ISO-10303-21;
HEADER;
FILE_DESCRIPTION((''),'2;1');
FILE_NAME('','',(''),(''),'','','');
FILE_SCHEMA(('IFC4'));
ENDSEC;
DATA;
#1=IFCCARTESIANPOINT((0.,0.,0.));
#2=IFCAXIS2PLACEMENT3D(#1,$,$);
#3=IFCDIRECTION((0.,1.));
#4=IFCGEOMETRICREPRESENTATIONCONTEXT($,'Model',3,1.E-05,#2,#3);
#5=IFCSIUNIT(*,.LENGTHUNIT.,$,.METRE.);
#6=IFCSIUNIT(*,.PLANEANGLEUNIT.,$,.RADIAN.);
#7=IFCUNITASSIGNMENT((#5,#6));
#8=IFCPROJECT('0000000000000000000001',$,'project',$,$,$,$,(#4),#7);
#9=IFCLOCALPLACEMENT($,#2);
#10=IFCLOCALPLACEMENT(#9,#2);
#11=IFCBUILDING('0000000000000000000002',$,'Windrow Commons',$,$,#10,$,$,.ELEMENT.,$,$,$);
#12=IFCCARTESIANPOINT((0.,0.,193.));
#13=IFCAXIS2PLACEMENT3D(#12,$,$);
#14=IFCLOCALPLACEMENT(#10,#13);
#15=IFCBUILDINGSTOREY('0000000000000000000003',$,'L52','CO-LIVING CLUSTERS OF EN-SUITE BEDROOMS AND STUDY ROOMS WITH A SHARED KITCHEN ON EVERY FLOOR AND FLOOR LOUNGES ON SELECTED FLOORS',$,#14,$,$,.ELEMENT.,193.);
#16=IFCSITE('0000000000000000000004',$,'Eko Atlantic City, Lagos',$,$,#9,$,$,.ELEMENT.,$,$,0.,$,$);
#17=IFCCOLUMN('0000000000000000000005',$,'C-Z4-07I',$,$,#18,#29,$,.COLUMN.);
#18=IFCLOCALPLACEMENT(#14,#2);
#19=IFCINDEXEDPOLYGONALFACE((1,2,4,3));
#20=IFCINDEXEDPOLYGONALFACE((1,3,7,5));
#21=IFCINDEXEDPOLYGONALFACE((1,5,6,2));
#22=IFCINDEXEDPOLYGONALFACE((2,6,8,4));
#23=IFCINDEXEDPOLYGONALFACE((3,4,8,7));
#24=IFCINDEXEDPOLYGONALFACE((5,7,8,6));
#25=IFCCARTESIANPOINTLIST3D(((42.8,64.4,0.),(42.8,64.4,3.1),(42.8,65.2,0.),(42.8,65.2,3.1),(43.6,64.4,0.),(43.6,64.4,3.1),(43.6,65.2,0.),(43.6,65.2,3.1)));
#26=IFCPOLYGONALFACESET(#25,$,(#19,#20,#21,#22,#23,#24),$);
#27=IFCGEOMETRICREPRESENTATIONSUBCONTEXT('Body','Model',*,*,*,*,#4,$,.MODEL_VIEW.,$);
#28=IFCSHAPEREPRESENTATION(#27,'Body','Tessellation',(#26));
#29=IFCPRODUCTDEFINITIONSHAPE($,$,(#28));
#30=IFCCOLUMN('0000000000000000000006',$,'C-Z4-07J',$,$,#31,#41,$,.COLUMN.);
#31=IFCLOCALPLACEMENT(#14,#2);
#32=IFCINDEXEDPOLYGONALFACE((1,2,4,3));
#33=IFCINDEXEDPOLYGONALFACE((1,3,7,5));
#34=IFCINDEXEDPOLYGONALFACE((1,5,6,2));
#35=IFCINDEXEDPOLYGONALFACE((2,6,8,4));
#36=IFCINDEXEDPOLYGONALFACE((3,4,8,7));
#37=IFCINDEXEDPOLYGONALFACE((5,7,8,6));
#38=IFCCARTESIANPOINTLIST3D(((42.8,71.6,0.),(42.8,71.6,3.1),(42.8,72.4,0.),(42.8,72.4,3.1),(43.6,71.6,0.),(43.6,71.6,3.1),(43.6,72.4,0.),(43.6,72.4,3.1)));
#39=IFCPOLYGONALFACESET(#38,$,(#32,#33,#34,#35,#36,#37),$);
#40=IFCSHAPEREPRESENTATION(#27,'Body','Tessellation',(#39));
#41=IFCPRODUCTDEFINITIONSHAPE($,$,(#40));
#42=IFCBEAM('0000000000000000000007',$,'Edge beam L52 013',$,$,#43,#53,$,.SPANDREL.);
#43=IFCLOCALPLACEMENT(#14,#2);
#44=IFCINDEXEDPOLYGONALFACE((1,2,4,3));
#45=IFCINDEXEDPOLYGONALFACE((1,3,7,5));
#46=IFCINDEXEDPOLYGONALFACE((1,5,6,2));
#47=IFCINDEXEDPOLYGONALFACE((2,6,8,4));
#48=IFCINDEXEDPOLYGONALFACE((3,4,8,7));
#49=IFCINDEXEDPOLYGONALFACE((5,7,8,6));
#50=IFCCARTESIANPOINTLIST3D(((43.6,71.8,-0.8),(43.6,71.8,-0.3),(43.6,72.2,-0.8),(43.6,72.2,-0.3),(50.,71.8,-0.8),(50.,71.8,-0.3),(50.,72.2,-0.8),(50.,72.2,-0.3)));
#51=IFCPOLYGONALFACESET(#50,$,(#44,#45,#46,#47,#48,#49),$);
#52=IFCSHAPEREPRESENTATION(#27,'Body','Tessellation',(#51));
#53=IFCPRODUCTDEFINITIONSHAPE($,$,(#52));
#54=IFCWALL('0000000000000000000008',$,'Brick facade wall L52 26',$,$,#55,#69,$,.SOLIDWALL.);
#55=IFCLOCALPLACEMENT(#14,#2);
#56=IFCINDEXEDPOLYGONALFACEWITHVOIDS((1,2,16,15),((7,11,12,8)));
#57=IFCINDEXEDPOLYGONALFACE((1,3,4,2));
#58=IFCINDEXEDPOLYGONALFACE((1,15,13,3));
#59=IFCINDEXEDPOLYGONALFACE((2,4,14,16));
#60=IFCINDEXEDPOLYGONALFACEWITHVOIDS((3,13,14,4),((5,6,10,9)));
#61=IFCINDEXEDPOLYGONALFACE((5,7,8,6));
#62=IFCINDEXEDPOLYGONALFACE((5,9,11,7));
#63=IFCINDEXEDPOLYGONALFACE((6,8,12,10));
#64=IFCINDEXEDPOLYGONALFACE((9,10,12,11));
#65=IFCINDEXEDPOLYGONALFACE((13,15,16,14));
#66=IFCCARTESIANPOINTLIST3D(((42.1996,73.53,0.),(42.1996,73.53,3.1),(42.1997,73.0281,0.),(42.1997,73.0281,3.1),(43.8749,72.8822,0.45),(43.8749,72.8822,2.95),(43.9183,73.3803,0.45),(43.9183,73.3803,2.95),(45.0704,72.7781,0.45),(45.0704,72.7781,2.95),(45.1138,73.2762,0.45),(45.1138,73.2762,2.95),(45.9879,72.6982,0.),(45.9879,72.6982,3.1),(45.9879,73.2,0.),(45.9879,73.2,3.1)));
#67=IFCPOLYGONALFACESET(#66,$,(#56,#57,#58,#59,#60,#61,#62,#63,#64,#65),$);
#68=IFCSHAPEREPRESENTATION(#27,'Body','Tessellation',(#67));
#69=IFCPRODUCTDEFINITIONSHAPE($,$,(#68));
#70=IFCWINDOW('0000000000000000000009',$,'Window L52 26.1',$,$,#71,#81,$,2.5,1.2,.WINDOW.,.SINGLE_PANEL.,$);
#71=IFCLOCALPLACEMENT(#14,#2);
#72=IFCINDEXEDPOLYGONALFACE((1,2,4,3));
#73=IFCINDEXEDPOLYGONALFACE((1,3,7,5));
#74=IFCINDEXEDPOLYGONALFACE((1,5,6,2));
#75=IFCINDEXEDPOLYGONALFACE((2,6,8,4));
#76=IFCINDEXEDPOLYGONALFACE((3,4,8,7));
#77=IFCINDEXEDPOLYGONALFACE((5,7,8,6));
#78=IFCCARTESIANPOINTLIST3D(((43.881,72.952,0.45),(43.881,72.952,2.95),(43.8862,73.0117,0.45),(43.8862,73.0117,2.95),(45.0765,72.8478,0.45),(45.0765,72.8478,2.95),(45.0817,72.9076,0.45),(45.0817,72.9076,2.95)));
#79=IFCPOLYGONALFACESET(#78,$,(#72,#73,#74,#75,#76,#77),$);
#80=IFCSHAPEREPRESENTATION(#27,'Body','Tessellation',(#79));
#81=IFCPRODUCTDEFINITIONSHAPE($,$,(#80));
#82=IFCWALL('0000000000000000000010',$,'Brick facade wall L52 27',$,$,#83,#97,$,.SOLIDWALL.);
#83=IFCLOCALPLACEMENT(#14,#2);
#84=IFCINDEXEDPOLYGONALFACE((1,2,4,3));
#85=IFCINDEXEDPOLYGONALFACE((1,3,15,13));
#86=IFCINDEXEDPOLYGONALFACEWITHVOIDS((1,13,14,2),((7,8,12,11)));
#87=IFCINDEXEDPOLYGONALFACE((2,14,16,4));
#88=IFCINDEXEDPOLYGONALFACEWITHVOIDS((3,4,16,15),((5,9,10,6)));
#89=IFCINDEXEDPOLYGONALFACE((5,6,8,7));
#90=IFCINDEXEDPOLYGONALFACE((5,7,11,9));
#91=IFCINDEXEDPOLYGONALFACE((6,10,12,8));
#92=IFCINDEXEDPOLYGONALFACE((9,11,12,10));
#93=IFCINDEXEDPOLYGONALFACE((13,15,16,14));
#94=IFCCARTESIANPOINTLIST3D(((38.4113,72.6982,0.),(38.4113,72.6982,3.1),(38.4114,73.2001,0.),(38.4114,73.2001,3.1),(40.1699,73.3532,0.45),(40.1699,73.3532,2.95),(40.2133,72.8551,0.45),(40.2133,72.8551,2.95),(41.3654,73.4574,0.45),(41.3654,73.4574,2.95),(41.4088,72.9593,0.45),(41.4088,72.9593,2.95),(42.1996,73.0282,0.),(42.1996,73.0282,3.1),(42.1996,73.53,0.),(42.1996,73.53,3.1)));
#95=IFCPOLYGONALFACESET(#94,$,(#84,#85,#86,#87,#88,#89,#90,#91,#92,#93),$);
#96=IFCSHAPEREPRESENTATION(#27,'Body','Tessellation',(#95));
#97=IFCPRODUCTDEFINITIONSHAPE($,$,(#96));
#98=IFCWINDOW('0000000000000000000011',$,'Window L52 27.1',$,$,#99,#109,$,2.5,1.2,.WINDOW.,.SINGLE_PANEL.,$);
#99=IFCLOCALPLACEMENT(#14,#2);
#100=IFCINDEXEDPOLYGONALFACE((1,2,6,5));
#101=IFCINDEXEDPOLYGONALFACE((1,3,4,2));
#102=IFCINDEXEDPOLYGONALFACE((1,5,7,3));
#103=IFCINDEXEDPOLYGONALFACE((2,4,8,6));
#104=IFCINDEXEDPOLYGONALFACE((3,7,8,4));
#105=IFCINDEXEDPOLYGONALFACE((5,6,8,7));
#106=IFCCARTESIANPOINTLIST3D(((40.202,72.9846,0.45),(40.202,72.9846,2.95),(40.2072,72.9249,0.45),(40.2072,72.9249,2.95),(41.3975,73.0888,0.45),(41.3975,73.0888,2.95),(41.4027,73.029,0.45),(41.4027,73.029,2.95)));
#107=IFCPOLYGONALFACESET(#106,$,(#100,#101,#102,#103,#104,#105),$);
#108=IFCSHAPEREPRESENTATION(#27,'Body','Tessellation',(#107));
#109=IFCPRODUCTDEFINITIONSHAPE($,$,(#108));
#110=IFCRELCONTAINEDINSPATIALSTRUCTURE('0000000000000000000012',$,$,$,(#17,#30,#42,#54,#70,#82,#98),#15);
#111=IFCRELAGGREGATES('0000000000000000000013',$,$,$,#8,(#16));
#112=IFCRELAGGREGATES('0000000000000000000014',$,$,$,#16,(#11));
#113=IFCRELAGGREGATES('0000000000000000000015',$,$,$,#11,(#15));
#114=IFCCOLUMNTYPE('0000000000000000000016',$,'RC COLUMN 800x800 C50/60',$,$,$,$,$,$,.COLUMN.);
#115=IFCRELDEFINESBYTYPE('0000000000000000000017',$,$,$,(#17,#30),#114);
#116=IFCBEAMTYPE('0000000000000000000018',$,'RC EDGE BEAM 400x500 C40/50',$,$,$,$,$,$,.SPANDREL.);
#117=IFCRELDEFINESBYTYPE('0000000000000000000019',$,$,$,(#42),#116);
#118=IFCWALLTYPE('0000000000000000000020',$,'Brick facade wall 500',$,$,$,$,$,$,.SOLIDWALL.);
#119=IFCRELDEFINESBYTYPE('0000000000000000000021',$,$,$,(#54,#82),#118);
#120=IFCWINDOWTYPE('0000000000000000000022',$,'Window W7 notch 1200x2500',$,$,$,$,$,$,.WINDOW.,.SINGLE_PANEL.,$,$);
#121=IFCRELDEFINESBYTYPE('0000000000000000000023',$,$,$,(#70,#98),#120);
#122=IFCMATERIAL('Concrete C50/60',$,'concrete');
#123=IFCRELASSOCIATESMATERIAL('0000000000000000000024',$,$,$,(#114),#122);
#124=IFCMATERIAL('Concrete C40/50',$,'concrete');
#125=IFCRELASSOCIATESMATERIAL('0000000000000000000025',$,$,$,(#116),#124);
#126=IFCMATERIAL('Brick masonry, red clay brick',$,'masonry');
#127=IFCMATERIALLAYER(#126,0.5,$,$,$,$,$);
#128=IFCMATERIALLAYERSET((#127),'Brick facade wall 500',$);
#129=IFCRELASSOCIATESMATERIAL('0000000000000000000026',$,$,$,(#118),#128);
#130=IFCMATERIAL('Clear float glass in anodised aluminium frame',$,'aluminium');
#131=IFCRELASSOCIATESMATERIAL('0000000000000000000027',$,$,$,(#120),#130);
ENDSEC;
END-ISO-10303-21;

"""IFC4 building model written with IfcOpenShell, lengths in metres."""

from ifc_helpers import new_model, si_unit, direction, frame, frame_2d, origin, origin_2d, place, context, subcontext, project, spatial, polyline, rectangle, outline, extrude, material, layer, layer_set, material_profile, profile_set, type_object, element, fill, save


model = new_model("IFC4")

# Units and contexts
model_context = context("Model", 3, precision=1e-05, world=origin(), true_north=direction((0.0, 1.0)))
body_context = subcontext(model_context, "Body", "Model", "MODEL_VIEW")
ifc_project = project(units=[si_unit("LENGTHUNIT", "METRE"), si_unit("PLANEANGLEUNIT", "RADIAN")], contexts=[model_context])

# Site, building, storey
site_placement = place(None, origin())
site = spatial("IfcSite", under=ifc_project, at=site_placement, Name="Eko Atlantic City, Lagos", CompositionType="ELEMENT", RefElevation=0.0)
building_placement = place(site_placement, origin())
building = spatial("IfcBuilding", under=site, at=building_placement, Name="Windrow Commons", CompositionType="ELEMENT")
storey_placement = place(building_placement, frame((0.0, 0.0, 193.0)))
storey = spatial("IfcBuildingStorey", under=building, at=storey_placement, Name="L52", Description="CO-LIVING CLUSTERS OF EN-SUITE BEDROOMS AND STUDY ROOMS WITH A SHARED KITCHEN ON EVERY FLOOR AND FLOOR LOUNGES ON SELECTED FLOORS", CompositionType="ELEMENT", Elevation=193.0)

# Columns
ifc_material_1 = material(Name="Concrete C50/60", Category="concrete")
ifc_material_profile_1 = material_profile(ifc_material_1, rectangle(XDim=0.8, YDim=0.8, at=origin_2d()))
ifc_profile_set_1 = profile_set([ifc_material_profile_1], Name="Concrete C50/60")
column_type = type_object("IfcColumnType", Name="RC COLUMN 800x800 C50/60", PredefinedType="COLUMN", material=ifc_profile_set_1)
for number, where, z_axis, x_axis, name in (
    (1, (43.2, 64.8, 0.0), (0.0, 0.0, 1.0), (1.0, 0.0, 0.0), "C-Z4-07I"),
    (2, (43.2, 72.0, 0.0), (0.0, 0.0, 1.0), (1.0, 0.0, 0.0), "C-Z4-07J"),
):
    element("IfcColumn", number, at=place(storey_placement, frame(where, z_axis=z_axis, x_axis=x_axis)), inside=storey, type_object=column_type, Name=name, PredefinedType="COLUMN", context=body_context, shape_type="SweptSolid", body=[
        extrude(rectangle(XDim=0.8, YDim=0.8, at=origin_2d()), origin(), (0.0, 0.0, 1.0), 3.1),
    ])

# Beam
ifc_material_2 = material(Name="Concrete C40/50", Category="concrete")
ifc_material_profile_2 = material_profile(ifc_material_2, rectangle(XDim=0.4, YDim=0.5, at=origin_2d()))
ifc_profile_set_2 = profile_set([ifc_material_profile_2], Name="Concrete C40/50")
beam_type = type_object("IfcBeamType", Name="RC EDGE BEAM 400x500 C40/50", PredefinedType="SPANDREL", material=ifc_profile_set_2)
beam_placement = place(storey_placement, frame((43.6, 72.0, -0.55), z_axis=(1.0, 0.0, 0.0), x_axis=(0.0, 1.0, 0.0)))
element("IfcBeam", 3, at=beam_placement, inside=storey, type_object=beam_type, Name="Edge beam L52 013", PredefinedType="SPANDREL", context=body_context, shape_type="SweptSolid", body=[
    extrude(rectangle(XDim=0.4, YDim=0.5, at=origin_2d()), origin(), (0.0, 0.0, 1.0), 6.4),
])

# Walls, openings, windows
ifc_material_3 = material(Name="Brick masonry, red clay brick", Category="masonry")
ifc_layer_1 = layer(ifc_material_3, 0.5)
ifc_layer_set_1 = layer_set([ifc_layer_1], Name="Brick facade wall 500")
wall_type_1 = type_object("IfcWallType", Name="Brick facade wall 500", PredefinedType="SOLIDWALL", material=ifc_layer_set_1)
wall_1_placement = place(storey_placement, frame((45.9879, 72.9491, 0.0), z_axis=(0.0, 0.0, 1.0), x_axis=(-0.996227, 0.086782, 0.0)))
wall_1 = element("IfcWall", 4, at=wall_1_placement, inside=storey, type_object=wall_type_1, Name="Brick facade wall L52 26", PredefinedType="SOLIDWALL", context=body_context, shape_type="SweptSolid", body=[
    extrude(outline(polyline([(0.0218, -0.25), (3.8244, -0.25), (3.7808, 0.25), (-0.0218, 0.25), (0.0218, -0.25)])), origin(), (0.0, 0.0, 1.0), 3.1),
])
opening_1_placement = place(wall_1_placement, frame((0.8992, 0.0, 0.45)))
opening_1 = element("IfcOpeningElement", 5, at=opening_1_placement, cuts=wall_1, PredefinedType="OPENING", context=body_context, shape_type="SweptSolid", body=[
    extrude(rectangle(XDim=1.2, YDim=2.5, at=frame_2d((0.6, 1.25))), frame((0.0, 0.26, 0.0), z_axis=(0.0, -1.0, 0.0), x_axis=(1.0, 0.0, 0.0)), (0.0, 0.0, 1.0), 0.52),
])
ifc_material_4 = material(Name="Clear float glass in anodised aluminium frame", Category="aluminium")
window_type = type_object("IfcWindowType", Name="Window W7 notch 1200x2500", PartitioningType="SINGLE_PANEL", PredefinedType="WINDOW", material=ifc_material_4)
window_1_placement = place(opening_1_placement, origin())
window_1 = element("IfcWindow", 6, at=window_1_placement, inside=storey, type_object=window_type, Name="Window L52 26.1", OverallHeight=2.5, OverallWidth=1.2, PartitioningType="SINGLE_PANEL", PredefinedType="WINDOW", context=body_context, shape_type="SweptSolid", body=[
    extrude(rectangle(XDim=1.2, YDim=2.5, at=frame_2d((0.6, 1.25))), frame((0.0, 0.18, 0.0), z_axis=(0.0, -1.0, 0.0), x_axis=(1.0, 0.0, 0.0)), (0.0, 0.0, 1.0), 0.06),
])
fill(opening_1, window_1)
wall_2_placement = place(storey_placement, frame((42.1996, 73.2791, 0.0), z_axis=(0.0, 0.0, 1.0), x_axis=(-0.996227, -0.086782, 0.0)))
wall_2 = element("IfcWall", 7, at=wall_2_placement, inside=storey, type_object=wall_type_1, Name="Brick facade wall L52 27", PredefinedType="SOLIDWALL", context=body_context, shape_type="SweptSolid", body=[
    extrude(outline(polyline([(-0.0218, -0.25), (3.7808, -0.25), (3.8244, 0.25), (0.0218, 0.25), (-0.0218, -0.25)])), origin(), (0.0, 0.0, 1.0), 3.1),
])
opening_2_placement = place(wall_2_placement, frame((0.8156, 0.0, 0.45)))
opening_2 = element("IfcOpeningElement", 8, at=opening_2_placement, cuts=wall_2, PredefinedType="OPENING", context=body_context, shape_type="SweptSolid", body=[
    extrude(rectangle(XDim=1.2, YDim=2.5, at=frame_2d((0.6, 1.25))), frame((0.0, 0.26, 0.0), z_axis=(0.0, -1.0, 0.0), x_axis=(1.0, 0.0, 0.0)), (0.0, 0.0, 1.0), 0.52),
])
window_2_placement = place(opening_2_placement, origin())
window_2 = element("IfcWindow", 9, at=window_2_placement, inside=storey, type_object=window_type, Name="Window L52 27.1", OverallHeight=2.5, OverallWidth=1.2, PartitioningType="SINGLE_PANEL", PredefinedType="WINDOW", context=body_context, shape_type="SweptSolid", body=[
    extrude(rectangle(XDim=1.2, YDim=2.5, at=frame_2d((0.6, 1.25))), frame((0.0, 0.18, 0.0), z_axis=(0.0, -1.0, 0.0), x_axis=(1.0, 0.0, 0.0)), (0.0, 0.0, 1.0), 0.06),
])
fill(opening_2, window_2)

save(model, "model.ifc")
